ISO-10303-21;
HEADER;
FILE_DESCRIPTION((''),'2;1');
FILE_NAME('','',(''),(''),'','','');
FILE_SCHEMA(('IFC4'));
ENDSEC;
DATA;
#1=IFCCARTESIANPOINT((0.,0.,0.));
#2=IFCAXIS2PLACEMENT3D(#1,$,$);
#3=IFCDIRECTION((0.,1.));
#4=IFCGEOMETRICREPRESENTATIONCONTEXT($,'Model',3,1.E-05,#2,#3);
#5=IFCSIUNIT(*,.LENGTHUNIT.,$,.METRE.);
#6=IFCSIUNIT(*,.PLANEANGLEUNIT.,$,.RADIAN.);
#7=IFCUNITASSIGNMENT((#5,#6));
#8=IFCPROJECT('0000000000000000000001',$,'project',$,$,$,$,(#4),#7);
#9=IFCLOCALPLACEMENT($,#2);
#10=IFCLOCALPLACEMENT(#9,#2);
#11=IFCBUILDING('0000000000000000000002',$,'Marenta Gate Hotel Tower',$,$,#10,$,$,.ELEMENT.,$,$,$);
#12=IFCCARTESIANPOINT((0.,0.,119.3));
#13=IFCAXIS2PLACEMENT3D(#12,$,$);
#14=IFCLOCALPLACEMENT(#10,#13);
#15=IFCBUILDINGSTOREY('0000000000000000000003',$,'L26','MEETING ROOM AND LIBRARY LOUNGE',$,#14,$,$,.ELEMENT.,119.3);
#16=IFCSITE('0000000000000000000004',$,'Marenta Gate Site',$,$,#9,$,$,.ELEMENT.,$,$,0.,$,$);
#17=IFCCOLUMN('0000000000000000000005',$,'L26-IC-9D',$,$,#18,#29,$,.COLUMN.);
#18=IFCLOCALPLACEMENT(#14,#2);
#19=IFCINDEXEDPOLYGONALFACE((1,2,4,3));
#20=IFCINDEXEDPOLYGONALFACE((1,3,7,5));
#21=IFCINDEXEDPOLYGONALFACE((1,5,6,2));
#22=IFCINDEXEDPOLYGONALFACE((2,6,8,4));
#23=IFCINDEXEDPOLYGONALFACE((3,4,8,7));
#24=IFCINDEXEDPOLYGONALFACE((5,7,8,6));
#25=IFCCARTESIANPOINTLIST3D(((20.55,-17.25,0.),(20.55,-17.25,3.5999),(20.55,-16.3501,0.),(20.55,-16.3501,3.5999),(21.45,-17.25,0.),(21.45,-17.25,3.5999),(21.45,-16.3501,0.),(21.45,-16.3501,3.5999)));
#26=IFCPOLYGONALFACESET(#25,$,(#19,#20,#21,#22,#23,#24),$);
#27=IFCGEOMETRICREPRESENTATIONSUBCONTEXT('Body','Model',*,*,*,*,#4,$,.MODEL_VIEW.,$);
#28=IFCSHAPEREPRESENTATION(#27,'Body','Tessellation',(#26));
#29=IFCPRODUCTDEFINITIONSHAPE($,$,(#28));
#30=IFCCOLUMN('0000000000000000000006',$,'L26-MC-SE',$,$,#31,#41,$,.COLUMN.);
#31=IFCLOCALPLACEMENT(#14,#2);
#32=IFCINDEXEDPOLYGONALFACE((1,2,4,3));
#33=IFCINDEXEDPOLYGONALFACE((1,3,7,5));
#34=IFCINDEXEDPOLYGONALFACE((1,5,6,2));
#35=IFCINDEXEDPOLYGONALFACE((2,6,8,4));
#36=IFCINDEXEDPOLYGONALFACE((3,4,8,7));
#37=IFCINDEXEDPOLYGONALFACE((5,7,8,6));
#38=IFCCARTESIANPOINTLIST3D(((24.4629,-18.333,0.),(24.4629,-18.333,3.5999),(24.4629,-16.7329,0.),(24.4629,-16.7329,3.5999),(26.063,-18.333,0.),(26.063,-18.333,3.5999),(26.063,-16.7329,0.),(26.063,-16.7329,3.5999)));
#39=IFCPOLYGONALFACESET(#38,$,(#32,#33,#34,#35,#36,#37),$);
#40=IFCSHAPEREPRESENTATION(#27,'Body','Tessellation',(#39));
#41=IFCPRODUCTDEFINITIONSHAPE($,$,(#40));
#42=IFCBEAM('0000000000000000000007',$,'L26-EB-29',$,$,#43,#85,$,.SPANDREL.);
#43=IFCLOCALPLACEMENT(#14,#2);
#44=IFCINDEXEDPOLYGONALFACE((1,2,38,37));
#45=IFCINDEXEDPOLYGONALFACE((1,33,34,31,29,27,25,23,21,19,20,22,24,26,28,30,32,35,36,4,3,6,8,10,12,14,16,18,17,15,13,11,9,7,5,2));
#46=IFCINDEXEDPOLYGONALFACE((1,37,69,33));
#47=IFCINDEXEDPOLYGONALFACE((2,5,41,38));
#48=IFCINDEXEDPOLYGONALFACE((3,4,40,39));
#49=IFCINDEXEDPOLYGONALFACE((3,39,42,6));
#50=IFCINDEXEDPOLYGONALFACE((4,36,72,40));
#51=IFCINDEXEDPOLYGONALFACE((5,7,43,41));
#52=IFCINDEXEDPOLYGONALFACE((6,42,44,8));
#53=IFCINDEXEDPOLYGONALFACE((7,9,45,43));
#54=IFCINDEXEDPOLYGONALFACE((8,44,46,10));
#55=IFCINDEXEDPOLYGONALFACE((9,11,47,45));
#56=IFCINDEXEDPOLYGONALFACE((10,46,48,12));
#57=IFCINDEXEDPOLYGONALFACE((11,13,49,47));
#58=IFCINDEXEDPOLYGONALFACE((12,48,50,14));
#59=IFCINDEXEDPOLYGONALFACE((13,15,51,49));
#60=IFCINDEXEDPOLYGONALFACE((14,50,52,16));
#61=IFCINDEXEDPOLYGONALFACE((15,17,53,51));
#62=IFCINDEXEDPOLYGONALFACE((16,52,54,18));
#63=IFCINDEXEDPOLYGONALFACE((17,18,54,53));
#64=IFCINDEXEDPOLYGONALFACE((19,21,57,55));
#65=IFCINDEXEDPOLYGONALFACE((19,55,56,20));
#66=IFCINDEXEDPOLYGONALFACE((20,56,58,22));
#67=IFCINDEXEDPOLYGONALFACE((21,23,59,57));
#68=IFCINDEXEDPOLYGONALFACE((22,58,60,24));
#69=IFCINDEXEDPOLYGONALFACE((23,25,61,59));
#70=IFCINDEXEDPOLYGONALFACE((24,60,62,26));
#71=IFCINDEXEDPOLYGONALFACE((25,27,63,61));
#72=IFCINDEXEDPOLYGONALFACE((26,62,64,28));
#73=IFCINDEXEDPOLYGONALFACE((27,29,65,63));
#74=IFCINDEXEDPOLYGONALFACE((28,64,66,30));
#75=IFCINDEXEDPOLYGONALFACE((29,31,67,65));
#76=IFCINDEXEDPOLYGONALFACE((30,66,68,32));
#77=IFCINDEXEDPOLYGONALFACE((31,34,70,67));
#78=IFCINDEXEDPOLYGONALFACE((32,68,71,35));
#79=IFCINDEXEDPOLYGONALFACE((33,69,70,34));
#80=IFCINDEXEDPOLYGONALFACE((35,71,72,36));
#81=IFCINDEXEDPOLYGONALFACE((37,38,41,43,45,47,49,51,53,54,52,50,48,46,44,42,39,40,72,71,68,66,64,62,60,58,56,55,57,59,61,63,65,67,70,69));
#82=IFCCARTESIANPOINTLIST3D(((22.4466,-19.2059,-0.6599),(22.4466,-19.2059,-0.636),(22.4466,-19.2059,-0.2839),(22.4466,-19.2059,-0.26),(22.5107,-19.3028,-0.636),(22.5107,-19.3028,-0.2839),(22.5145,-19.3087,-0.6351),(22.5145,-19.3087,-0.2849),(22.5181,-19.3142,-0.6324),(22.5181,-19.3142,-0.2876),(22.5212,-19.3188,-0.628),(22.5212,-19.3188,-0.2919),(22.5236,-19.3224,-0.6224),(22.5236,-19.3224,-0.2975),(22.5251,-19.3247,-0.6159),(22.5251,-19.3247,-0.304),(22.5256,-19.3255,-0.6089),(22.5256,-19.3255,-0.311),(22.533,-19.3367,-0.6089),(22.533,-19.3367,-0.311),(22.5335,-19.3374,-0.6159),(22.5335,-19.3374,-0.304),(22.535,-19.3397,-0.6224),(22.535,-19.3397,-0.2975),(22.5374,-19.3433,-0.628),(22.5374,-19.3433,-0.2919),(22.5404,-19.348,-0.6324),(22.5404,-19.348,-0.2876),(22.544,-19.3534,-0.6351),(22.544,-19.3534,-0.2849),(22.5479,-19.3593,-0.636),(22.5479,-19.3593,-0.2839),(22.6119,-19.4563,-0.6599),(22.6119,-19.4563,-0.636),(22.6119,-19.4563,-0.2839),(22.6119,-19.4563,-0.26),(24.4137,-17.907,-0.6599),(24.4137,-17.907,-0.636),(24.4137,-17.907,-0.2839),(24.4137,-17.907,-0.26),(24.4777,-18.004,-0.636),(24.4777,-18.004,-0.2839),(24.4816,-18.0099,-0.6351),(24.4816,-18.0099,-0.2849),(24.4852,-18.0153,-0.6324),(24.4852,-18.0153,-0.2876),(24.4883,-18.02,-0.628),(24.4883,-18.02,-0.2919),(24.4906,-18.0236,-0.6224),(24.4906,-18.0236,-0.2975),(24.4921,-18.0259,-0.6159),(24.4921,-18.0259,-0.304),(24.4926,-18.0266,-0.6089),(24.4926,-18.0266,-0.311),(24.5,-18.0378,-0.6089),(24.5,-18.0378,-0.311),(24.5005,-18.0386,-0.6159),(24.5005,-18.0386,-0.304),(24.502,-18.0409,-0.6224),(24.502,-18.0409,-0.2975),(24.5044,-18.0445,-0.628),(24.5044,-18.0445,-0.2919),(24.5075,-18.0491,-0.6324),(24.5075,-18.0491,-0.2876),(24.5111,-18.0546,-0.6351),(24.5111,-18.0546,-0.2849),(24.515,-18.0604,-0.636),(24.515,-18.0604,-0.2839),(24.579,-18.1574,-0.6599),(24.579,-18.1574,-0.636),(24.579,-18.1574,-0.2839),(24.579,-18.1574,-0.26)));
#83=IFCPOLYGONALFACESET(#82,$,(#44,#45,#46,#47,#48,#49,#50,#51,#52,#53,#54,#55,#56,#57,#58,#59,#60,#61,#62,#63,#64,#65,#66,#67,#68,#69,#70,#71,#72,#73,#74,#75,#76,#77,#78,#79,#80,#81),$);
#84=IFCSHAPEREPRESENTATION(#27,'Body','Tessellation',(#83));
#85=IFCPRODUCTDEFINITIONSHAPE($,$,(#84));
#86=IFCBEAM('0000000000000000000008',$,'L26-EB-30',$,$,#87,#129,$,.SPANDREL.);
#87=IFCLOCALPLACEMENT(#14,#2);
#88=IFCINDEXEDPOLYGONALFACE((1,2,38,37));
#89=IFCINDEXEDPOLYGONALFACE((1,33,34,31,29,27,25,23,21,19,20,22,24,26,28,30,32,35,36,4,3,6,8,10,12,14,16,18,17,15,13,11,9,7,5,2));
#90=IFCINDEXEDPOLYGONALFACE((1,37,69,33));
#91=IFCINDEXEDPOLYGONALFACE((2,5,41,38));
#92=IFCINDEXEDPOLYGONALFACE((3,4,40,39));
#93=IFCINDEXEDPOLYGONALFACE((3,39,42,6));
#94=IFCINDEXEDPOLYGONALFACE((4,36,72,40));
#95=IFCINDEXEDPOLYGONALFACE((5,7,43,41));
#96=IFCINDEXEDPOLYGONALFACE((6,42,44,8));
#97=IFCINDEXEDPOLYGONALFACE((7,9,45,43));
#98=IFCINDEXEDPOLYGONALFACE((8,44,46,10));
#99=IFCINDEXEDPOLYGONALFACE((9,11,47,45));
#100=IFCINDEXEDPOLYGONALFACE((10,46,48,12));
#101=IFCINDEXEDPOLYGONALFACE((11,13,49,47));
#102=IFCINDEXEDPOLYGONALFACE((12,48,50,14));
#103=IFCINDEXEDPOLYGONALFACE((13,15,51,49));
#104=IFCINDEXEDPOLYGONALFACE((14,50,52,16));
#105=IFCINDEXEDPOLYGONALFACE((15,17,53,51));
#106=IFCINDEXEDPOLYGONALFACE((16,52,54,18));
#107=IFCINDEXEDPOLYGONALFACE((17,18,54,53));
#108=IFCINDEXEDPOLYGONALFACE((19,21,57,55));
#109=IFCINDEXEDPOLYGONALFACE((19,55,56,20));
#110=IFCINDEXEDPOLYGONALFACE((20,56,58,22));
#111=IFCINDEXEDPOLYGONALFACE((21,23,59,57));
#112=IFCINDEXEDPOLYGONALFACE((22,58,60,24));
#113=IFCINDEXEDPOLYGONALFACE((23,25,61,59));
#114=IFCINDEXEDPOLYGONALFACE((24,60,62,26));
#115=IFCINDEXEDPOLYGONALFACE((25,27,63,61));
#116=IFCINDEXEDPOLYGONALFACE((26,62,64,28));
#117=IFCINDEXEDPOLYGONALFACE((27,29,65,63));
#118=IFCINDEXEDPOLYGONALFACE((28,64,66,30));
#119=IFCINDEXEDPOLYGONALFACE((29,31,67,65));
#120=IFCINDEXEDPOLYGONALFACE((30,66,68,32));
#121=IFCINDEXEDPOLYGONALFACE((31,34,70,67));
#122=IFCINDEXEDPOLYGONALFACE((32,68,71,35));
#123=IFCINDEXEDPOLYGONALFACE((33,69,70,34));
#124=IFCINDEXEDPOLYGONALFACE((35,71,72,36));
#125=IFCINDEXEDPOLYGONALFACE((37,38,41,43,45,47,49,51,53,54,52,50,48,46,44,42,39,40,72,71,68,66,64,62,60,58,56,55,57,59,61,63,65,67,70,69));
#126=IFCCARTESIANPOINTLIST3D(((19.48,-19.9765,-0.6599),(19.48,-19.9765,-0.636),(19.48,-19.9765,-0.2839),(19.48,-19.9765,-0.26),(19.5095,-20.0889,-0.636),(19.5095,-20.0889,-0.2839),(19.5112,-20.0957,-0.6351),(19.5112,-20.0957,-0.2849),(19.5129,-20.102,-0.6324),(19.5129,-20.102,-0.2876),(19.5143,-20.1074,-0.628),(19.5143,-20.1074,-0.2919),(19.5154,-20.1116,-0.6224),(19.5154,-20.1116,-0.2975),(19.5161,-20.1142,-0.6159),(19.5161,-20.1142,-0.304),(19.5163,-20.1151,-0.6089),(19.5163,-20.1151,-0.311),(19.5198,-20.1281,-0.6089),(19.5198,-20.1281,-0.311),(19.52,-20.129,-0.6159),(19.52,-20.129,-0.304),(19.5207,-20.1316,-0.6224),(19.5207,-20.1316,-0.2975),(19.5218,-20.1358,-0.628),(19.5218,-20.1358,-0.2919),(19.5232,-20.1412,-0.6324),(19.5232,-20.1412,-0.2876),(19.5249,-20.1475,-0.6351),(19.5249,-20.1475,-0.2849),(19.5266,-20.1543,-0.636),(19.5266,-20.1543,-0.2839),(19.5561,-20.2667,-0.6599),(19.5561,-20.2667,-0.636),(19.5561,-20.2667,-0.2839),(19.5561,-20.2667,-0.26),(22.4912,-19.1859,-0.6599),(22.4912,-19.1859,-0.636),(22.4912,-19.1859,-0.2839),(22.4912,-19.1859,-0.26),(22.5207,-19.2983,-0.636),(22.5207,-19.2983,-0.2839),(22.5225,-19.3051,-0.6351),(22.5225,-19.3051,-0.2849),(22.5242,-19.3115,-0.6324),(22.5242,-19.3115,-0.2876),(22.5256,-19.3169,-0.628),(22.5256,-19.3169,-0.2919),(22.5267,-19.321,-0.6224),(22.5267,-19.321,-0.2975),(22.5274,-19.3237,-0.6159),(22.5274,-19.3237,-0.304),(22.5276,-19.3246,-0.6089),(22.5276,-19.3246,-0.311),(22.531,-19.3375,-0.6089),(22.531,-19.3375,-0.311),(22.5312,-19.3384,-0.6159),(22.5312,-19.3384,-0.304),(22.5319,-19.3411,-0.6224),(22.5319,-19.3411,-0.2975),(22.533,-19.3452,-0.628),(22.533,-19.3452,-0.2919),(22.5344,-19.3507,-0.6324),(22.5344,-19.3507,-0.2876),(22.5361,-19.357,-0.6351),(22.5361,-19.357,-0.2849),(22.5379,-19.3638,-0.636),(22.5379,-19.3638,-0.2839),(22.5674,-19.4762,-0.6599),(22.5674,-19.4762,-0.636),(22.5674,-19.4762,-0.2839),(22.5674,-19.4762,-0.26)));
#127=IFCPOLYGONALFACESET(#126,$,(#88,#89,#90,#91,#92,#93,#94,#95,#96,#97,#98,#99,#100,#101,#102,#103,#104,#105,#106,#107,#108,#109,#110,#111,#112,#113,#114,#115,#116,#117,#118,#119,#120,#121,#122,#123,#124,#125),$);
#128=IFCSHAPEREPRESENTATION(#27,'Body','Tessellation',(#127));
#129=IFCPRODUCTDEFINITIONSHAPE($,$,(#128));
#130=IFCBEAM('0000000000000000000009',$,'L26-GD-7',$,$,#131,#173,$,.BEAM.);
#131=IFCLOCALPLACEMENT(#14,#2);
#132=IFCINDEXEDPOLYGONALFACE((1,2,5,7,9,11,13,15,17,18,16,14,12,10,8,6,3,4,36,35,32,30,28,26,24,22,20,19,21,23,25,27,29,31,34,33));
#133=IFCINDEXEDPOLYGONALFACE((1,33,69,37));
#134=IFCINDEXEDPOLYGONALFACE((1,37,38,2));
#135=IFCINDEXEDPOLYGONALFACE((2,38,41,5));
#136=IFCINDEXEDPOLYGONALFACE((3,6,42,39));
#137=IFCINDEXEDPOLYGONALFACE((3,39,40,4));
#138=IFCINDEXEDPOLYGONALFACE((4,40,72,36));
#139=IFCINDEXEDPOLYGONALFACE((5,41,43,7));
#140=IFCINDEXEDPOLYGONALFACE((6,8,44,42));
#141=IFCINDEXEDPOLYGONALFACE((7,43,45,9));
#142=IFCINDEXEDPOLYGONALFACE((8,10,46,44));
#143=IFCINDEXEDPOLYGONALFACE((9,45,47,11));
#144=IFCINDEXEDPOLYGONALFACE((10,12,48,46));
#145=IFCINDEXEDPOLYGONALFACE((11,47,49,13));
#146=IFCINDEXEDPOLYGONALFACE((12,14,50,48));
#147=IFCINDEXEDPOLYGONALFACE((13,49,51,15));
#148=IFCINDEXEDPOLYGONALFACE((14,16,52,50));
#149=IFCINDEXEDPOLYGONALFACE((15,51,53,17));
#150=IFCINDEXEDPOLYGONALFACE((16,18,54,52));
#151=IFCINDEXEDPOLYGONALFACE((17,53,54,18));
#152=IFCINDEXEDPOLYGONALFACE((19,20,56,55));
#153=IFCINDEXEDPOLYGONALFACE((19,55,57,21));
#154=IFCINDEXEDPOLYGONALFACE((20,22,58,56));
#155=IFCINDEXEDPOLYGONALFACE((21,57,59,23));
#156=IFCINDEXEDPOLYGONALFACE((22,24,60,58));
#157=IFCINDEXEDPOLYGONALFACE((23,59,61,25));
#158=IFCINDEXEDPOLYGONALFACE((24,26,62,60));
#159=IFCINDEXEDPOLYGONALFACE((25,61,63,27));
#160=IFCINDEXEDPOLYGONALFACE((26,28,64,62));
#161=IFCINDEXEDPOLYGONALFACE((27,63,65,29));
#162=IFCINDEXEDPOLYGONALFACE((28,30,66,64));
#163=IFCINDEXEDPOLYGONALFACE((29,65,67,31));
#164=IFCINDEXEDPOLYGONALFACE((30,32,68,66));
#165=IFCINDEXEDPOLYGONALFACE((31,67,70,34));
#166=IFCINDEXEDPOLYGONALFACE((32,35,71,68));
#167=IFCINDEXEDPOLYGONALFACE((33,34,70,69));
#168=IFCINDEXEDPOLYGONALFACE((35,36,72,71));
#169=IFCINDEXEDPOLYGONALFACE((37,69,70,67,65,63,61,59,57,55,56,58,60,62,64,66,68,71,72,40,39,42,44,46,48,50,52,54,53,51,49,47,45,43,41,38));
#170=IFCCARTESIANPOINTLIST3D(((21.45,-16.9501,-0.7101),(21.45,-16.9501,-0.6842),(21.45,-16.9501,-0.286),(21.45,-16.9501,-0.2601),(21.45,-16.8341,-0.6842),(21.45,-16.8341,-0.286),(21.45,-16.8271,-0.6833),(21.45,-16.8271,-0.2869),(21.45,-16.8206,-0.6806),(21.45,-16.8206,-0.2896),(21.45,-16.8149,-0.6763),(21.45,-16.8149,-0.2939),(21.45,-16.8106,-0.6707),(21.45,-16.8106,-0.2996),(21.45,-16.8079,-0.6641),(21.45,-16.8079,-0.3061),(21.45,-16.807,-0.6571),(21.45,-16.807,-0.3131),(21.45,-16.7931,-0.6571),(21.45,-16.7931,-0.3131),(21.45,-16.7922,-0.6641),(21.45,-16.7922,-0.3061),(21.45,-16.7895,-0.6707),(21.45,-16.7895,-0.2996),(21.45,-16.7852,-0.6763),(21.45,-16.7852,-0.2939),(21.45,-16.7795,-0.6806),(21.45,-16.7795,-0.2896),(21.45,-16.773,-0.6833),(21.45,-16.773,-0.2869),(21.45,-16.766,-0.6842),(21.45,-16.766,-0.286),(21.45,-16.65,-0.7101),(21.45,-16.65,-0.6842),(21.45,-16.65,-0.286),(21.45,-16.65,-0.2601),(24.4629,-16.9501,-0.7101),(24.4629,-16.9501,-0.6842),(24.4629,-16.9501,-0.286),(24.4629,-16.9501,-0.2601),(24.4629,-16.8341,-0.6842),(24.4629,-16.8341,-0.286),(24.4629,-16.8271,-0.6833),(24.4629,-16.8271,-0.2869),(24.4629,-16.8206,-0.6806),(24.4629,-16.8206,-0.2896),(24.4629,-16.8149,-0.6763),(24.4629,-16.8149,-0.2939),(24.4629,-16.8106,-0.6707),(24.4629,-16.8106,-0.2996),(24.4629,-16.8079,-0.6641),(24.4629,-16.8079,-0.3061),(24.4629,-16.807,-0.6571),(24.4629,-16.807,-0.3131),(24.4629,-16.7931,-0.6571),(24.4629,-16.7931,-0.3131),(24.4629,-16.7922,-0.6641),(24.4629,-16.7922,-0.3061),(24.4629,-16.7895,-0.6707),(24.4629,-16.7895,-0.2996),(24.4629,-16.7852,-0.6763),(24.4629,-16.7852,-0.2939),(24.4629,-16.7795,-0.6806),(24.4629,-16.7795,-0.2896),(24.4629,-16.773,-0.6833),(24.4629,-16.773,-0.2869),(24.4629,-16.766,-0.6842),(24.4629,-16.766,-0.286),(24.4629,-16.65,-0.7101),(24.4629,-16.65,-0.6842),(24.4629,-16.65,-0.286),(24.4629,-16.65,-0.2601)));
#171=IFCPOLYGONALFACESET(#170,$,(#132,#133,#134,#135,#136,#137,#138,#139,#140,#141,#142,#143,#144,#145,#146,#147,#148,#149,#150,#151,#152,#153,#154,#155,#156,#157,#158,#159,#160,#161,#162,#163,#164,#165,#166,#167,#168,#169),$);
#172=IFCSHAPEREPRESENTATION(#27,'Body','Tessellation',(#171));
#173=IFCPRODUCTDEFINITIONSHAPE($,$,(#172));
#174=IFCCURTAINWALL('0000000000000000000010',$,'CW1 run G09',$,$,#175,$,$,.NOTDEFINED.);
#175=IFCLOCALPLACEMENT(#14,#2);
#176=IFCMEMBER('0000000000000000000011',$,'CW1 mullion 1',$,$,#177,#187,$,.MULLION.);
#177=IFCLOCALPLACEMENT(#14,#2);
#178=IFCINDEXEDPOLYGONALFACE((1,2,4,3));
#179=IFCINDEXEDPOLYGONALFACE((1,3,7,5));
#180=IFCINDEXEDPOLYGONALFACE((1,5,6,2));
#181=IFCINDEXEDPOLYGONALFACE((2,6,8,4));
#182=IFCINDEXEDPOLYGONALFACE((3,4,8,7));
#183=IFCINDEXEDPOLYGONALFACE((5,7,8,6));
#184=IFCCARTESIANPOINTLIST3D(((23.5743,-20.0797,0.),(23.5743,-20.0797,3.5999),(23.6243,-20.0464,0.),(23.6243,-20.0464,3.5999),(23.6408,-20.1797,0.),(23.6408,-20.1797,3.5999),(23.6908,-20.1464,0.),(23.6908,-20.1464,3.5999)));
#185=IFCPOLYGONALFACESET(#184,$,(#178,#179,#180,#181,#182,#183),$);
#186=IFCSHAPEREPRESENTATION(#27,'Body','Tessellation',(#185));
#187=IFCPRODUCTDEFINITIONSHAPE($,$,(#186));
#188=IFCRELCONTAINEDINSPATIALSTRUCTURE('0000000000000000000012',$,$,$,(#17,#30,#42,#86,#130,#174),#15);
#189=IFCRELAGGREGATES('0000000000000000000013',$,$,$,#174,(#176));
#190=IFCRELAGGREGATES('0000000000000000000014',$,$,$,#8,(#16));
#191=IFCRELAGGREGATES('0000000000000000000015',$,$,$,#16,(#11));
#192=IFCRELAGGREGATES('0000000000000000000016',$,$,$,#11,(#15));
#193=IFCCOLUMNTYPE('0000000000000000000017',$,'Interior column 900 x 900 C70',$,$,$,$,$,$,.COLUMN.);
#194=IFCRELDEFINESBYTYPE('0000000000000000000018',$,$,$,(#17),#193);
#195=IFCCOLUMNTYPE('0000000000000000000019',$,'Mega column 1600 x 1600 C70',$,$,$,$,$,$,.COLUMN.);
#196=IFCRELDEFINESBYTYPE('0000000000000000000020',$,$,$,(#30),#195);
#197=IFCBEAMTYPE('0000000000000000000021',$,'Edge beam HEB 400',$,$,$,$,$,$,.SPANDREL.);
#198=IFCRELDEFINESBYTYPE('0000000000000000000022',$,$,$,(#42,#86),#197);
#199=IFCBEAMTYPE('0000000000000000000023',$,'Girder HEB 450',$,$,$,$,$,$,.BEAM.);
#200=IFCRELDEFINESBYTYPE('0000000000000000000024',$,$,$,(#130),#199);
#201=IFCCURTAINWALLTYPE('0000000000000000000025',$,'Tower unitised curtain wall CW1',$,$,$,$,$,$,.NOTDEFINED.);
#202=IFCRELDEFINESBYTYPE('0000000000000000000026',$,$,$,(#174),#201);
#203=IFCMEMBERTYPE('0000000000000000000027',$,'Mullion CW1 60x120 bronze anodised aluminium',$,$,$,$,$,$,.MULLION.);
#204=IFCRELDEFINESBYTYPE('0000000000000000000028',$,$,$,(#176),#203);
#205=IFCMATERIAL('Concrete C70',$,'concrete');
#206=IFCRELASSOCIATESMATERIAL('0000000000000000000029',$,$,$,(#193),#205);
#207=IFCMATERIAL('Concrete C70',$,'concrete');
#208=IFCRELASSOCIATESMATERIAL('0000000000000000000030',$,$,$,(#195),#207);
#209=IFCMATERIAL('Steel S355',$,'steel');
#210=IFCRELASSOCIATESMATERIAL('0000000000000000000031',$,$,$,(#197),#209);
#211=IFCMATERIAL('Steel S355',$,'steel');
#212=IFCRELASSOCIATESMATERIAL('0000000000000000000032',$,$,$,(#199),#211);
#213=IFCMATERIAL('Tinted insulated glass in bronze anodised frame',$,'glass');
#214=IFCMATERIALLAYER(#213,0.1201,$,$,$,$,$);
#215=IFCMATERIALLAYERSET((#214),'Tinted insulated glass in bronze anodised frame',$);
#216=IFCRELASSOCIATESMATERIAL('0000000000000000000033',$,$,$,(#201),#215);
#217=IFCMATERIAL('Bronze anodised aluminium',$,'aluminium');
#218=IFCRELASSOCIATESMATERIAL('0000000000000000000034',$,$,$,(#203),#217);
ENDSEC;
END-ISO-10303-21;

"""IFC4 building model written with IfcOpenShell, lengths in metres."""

from ifc_helpers import new_model, si_unit, direction, frame, origin, origin_2d, place, context, subcontext, project, spatial, rectangle, i_section, extrude, material, layer, layer_set, material_profile, profile_set, type_object, element, aggregate, save


model = new_model("IFC4")

# Units and contexts
model_context = context("Model", 3, precision=1e-05, world=origin(), true_north=direction((0.0, 1.0)))
body_context = subcontext(model_context, "Body", "Model", "MODEL_VIEW")
ifc_project = project(units=[si_unit("LENGTHUNIT", "METRE"), si_unit("PLANEANGLEUNIT", "RADIAN")], contexts=[model_context])

# Site, building, storey
site_placement = place(None, origin())
site = spatial("IfcSite", under=ifc_project, at=site_placement, Name="Marenta Gate Site", CompositionType="ELEMENT", RefElevation=0.0)
building_placement = place(site_placement, origin())
building = spatial("IfcBuilding", under=site, at=building_placement, Name="Marenta Gate Hotel Tower", CompositionType="ELEMENT")
storey_placement = place(building_placement, frame((0.0, 0.0, 119.3)))
storey = spatial("IfcBuildingStorey", under=building, at=storey_placement, Name="L26", Description="MEETING ROOM AND LIBRARY LOUNGE", CompositionType="ELEMENT", Elevation=119.3)

# Columns
ifc_material_1 = material(Name="Concrete C70", Category="concrete")
ifc_material_profile_1 = material_profile(ifc_material_1, rectangle(XDim=0.8999, YDim=0.8999, at=origin_2d()), Name="900 x 900")
ifc_profile_set_1 = profile_set([ifc_material_profile_1], Name="Concrete C70")
column_type_1 = type_object("IfcColumnType", Name="Interior column 900 x 900 C70", PredefinedType="COLUMN", material=ifc_profile_set_1)
column_1_placement = place(storey_placement, frame((21.0, -16.8, 0.0), z_axis=(0.0, 0.0, 1.0), x_axis=(1.0, 0.0, 0.0)))
element("IfcColumn", 1, at=column_1_placement, inside=storey, type_object=column_type_1, Name="L26-IC-9D", PredefinedType="COLUMN", context=body_context, shape_type="SweptSolid", body=[
    extrude(rectangle(XDim=0.8999, YDim=0.8999, at=origin_2d()), origin(), (0.0, 0.0, 1.0), 3.5999),
])
ifc_material_2 = material(Name="Concrete C70", Category="concrete")
ifc_material_profile_2 = material_profile(ifc_material_2, rectangle(XDim=1.6001, YDim=1.6001, at=origin_2d()), Name="1600 x 1600")
ifc_profile_set_2 = profile_set([ifc_material_profile_2], Name="Concrete C70")
column_type_2 = type_object("IfcColumnType", Name="Mega column 1600 x 1600 C70", PredefinedType="COLUMN", material=ifc_profile_set_2)
column_2_placement = place(storey_placement, frame((25.2629, -17.533, 0.0), z_axis=(0.0, 0.0, 1.0), x_axis=(1.0, 0.0, 0.0)))
element("IfcColumn", 2, at=column_2_placement, inside=storey, type_object=column_type_2, Name="L26-MC-SE", PredefinedType="COLUMN", context=body_context, shape_type="SweptSolid", body=[
    extrude(rectangle(XDim=1.6001, YDim=1.6001, at=origin_2d()), origin(), (0.0, 0.0, 1.0), 3.5999),
])

# Beams
ifc_material_3 = material(Name="Steel S355", Category="steel")
ifc_material_profile_3 = material_profile(ifc_material_3, i_section(OverallWidth=0.3, OverallDepth=0.3999, WebThickness=0.0134, FlangeThickness=0.0239, FilletRadius=0.0271, at=origin_2d()), Name="HEB 400")
ifc_profile_set_3 = profile_set([ifc_material_profile_3], Name="Steel S355")
beam_type_1 = type_object("IfcBeamType", Name="Edge beam HEB 400", PredefinedType="SPANDREL", material=ifc_profile_set_3)
beam_1_placement = place(storey_placement, frame((24.4963, -18.0322, -0.46), z_axis=(-0.834496, -0.551014, 0.0), x_axis=(0.551014, -0.834496, 0.0)))
element("IfcBeam", 3, at=beam_1_placement, inside=storey, type_object=beam_type_1, Name="L26-EB-29", PredefinedType="SPANDREL", context=body_context, shape_type="SweptSolid", body=[
    extrude(i_section(OverallWidth=0.3, OverallDepth=0.3999, WebThickness=0.0134, FlangeThickness=0.0239, FilletRadius=0.0271, at=origin_2d()), origin(), (0.0, 0.0, 1.0), 2.3572),
])
beam_2_placement = place(storey_placement, frame((22.5293, -19.3311, -0.46), z_axis=(-0.967225, -0.253922, 0.0), x_axis=(0.253922, -0.967225, 0.0)))
element("IfcBeam", 4, at=beam_2_placement, inside=storey, type_object=beam_type_1, Name="L26-EB-30", PredefinedType="SPANDREL", context=body_context, shape_type="SweptSolid", body=[
    extrude(i_section(OverallWidth=0.3, OverallDepth=0.3999, WebThickness=0.0134, FlangeThickness=0.0239, FilletRadius=0.0271, at=origin_2d()), origin(), (0.0, 0.0, 1.0), 3.1133),
])
ifc_material_4 = material(Name="Steel S355", Category="steel")
ifc_material_profile_4 = material_profile(ifc_material_4, i_section(OverallWidth=0.3, OverallDepth=0.45, WebThickness=0.0139, FlangeThickness=0.0259, FilletRadius=0.0271, at=origin_2d()), Name="HEB 450")
ifc_profile_set_4 = profile_set([ifc_material_profile_4], Name="Steel S355")
beam_type_2 = type_object("IfcBeamType", Name="Girder HEB 450", PredefinedType="BEAM", material=ifc_profile_set_4)
beam_3_placement = place(storey_placement, frame((21.45, -16.8, -0.4851), z_axis=(1.0, 0.0, 0.0), x_axis=(0.0, 1.0, 0.0)))
element("IfcBeam", 5, at=beam_3_placement, inside=storey, type_object=beam_type_2, Name="L26-GD-7", PredefinedType="BEAM", context=body_context, shape_type="SweptSolid", body=[
    extrude(i_section(OverallWidth=0.3, OverallDepth=0.45, WebThickness=0.0139, FlangeThickness=0.0259, FilletRadius=0.0271, at=origin_2d()), origin(), (0.0, 0.0, 1.0), 3.0129),
])

# Curtain wall, member
ifc_material_5 = material(Name="Tinted insulated glass in bronze anodised frame", Category="glass")
ifc_layer_1 = layer(ifc_material_5, 0.1201)
ifc_layer_set_1 = layer_set([ifc_layer_1], Name="Tinted insulated glass in bronze anodised frame")
curtain_wall_type = type_object("IfcCurtainWallType", Name="Tower unitised curtain wall CW1", PredefinedType="NOTDEFINED", material=ifc_layer_set_1)
curtain_wall_1_placement = place(storey_placement, origin())
curtain_wall_1 = element("IfcCurtainWall", 6, at=curtain_wall_1_placement, inside=storey, type_object=curtain_wall_type, Name="CW1 run G09", PredefinedType="NOTDEFINED")
ifc_material_6 = material(Name="Bronze anodised aluminium", Category="aluminium")
ifc_material_profile_5 = material_profile(ifc_material_6, rectangle(XDim=0.1201, YDim=0.0601, at=origin_2d()), Name="Mullion CW1 60x120 bronze anodised aluminium")
ifc_profile_set_5 = profile_set([ifc_material_profile_5], Name="Bronze anodised aluminium")
member_type_1 = type_object("IfcMemberType", Name="Mullion CW1 60x120 bronze anodised aluminium", PredefinedType="MULLION", material=ifc_profile_set_5)
member_1_placement = place(storey_placement, frame((23.6326, -20.113, 0.0), z_axis=(0.0, 0.0, 1.0), x_axis=(-0.554016, 0.832506, 0.0)))
member_1 = element("IfcMember", 7, at=member_1_placement, type_object=member_type_1, Name="CW1 mullion 1", PredefinedType="MULLION", context=body_context, shape_type="SweptSolid", body=[
    extrude(rectangle(XDim=0.1201, YDim=0.0601, at=origin_2d()), origin(), (0.0, 0.0, 1.0), 3.5999),
])

aggregate(curtain_wall_1, [member_1])

save(model, "model.ifc")
